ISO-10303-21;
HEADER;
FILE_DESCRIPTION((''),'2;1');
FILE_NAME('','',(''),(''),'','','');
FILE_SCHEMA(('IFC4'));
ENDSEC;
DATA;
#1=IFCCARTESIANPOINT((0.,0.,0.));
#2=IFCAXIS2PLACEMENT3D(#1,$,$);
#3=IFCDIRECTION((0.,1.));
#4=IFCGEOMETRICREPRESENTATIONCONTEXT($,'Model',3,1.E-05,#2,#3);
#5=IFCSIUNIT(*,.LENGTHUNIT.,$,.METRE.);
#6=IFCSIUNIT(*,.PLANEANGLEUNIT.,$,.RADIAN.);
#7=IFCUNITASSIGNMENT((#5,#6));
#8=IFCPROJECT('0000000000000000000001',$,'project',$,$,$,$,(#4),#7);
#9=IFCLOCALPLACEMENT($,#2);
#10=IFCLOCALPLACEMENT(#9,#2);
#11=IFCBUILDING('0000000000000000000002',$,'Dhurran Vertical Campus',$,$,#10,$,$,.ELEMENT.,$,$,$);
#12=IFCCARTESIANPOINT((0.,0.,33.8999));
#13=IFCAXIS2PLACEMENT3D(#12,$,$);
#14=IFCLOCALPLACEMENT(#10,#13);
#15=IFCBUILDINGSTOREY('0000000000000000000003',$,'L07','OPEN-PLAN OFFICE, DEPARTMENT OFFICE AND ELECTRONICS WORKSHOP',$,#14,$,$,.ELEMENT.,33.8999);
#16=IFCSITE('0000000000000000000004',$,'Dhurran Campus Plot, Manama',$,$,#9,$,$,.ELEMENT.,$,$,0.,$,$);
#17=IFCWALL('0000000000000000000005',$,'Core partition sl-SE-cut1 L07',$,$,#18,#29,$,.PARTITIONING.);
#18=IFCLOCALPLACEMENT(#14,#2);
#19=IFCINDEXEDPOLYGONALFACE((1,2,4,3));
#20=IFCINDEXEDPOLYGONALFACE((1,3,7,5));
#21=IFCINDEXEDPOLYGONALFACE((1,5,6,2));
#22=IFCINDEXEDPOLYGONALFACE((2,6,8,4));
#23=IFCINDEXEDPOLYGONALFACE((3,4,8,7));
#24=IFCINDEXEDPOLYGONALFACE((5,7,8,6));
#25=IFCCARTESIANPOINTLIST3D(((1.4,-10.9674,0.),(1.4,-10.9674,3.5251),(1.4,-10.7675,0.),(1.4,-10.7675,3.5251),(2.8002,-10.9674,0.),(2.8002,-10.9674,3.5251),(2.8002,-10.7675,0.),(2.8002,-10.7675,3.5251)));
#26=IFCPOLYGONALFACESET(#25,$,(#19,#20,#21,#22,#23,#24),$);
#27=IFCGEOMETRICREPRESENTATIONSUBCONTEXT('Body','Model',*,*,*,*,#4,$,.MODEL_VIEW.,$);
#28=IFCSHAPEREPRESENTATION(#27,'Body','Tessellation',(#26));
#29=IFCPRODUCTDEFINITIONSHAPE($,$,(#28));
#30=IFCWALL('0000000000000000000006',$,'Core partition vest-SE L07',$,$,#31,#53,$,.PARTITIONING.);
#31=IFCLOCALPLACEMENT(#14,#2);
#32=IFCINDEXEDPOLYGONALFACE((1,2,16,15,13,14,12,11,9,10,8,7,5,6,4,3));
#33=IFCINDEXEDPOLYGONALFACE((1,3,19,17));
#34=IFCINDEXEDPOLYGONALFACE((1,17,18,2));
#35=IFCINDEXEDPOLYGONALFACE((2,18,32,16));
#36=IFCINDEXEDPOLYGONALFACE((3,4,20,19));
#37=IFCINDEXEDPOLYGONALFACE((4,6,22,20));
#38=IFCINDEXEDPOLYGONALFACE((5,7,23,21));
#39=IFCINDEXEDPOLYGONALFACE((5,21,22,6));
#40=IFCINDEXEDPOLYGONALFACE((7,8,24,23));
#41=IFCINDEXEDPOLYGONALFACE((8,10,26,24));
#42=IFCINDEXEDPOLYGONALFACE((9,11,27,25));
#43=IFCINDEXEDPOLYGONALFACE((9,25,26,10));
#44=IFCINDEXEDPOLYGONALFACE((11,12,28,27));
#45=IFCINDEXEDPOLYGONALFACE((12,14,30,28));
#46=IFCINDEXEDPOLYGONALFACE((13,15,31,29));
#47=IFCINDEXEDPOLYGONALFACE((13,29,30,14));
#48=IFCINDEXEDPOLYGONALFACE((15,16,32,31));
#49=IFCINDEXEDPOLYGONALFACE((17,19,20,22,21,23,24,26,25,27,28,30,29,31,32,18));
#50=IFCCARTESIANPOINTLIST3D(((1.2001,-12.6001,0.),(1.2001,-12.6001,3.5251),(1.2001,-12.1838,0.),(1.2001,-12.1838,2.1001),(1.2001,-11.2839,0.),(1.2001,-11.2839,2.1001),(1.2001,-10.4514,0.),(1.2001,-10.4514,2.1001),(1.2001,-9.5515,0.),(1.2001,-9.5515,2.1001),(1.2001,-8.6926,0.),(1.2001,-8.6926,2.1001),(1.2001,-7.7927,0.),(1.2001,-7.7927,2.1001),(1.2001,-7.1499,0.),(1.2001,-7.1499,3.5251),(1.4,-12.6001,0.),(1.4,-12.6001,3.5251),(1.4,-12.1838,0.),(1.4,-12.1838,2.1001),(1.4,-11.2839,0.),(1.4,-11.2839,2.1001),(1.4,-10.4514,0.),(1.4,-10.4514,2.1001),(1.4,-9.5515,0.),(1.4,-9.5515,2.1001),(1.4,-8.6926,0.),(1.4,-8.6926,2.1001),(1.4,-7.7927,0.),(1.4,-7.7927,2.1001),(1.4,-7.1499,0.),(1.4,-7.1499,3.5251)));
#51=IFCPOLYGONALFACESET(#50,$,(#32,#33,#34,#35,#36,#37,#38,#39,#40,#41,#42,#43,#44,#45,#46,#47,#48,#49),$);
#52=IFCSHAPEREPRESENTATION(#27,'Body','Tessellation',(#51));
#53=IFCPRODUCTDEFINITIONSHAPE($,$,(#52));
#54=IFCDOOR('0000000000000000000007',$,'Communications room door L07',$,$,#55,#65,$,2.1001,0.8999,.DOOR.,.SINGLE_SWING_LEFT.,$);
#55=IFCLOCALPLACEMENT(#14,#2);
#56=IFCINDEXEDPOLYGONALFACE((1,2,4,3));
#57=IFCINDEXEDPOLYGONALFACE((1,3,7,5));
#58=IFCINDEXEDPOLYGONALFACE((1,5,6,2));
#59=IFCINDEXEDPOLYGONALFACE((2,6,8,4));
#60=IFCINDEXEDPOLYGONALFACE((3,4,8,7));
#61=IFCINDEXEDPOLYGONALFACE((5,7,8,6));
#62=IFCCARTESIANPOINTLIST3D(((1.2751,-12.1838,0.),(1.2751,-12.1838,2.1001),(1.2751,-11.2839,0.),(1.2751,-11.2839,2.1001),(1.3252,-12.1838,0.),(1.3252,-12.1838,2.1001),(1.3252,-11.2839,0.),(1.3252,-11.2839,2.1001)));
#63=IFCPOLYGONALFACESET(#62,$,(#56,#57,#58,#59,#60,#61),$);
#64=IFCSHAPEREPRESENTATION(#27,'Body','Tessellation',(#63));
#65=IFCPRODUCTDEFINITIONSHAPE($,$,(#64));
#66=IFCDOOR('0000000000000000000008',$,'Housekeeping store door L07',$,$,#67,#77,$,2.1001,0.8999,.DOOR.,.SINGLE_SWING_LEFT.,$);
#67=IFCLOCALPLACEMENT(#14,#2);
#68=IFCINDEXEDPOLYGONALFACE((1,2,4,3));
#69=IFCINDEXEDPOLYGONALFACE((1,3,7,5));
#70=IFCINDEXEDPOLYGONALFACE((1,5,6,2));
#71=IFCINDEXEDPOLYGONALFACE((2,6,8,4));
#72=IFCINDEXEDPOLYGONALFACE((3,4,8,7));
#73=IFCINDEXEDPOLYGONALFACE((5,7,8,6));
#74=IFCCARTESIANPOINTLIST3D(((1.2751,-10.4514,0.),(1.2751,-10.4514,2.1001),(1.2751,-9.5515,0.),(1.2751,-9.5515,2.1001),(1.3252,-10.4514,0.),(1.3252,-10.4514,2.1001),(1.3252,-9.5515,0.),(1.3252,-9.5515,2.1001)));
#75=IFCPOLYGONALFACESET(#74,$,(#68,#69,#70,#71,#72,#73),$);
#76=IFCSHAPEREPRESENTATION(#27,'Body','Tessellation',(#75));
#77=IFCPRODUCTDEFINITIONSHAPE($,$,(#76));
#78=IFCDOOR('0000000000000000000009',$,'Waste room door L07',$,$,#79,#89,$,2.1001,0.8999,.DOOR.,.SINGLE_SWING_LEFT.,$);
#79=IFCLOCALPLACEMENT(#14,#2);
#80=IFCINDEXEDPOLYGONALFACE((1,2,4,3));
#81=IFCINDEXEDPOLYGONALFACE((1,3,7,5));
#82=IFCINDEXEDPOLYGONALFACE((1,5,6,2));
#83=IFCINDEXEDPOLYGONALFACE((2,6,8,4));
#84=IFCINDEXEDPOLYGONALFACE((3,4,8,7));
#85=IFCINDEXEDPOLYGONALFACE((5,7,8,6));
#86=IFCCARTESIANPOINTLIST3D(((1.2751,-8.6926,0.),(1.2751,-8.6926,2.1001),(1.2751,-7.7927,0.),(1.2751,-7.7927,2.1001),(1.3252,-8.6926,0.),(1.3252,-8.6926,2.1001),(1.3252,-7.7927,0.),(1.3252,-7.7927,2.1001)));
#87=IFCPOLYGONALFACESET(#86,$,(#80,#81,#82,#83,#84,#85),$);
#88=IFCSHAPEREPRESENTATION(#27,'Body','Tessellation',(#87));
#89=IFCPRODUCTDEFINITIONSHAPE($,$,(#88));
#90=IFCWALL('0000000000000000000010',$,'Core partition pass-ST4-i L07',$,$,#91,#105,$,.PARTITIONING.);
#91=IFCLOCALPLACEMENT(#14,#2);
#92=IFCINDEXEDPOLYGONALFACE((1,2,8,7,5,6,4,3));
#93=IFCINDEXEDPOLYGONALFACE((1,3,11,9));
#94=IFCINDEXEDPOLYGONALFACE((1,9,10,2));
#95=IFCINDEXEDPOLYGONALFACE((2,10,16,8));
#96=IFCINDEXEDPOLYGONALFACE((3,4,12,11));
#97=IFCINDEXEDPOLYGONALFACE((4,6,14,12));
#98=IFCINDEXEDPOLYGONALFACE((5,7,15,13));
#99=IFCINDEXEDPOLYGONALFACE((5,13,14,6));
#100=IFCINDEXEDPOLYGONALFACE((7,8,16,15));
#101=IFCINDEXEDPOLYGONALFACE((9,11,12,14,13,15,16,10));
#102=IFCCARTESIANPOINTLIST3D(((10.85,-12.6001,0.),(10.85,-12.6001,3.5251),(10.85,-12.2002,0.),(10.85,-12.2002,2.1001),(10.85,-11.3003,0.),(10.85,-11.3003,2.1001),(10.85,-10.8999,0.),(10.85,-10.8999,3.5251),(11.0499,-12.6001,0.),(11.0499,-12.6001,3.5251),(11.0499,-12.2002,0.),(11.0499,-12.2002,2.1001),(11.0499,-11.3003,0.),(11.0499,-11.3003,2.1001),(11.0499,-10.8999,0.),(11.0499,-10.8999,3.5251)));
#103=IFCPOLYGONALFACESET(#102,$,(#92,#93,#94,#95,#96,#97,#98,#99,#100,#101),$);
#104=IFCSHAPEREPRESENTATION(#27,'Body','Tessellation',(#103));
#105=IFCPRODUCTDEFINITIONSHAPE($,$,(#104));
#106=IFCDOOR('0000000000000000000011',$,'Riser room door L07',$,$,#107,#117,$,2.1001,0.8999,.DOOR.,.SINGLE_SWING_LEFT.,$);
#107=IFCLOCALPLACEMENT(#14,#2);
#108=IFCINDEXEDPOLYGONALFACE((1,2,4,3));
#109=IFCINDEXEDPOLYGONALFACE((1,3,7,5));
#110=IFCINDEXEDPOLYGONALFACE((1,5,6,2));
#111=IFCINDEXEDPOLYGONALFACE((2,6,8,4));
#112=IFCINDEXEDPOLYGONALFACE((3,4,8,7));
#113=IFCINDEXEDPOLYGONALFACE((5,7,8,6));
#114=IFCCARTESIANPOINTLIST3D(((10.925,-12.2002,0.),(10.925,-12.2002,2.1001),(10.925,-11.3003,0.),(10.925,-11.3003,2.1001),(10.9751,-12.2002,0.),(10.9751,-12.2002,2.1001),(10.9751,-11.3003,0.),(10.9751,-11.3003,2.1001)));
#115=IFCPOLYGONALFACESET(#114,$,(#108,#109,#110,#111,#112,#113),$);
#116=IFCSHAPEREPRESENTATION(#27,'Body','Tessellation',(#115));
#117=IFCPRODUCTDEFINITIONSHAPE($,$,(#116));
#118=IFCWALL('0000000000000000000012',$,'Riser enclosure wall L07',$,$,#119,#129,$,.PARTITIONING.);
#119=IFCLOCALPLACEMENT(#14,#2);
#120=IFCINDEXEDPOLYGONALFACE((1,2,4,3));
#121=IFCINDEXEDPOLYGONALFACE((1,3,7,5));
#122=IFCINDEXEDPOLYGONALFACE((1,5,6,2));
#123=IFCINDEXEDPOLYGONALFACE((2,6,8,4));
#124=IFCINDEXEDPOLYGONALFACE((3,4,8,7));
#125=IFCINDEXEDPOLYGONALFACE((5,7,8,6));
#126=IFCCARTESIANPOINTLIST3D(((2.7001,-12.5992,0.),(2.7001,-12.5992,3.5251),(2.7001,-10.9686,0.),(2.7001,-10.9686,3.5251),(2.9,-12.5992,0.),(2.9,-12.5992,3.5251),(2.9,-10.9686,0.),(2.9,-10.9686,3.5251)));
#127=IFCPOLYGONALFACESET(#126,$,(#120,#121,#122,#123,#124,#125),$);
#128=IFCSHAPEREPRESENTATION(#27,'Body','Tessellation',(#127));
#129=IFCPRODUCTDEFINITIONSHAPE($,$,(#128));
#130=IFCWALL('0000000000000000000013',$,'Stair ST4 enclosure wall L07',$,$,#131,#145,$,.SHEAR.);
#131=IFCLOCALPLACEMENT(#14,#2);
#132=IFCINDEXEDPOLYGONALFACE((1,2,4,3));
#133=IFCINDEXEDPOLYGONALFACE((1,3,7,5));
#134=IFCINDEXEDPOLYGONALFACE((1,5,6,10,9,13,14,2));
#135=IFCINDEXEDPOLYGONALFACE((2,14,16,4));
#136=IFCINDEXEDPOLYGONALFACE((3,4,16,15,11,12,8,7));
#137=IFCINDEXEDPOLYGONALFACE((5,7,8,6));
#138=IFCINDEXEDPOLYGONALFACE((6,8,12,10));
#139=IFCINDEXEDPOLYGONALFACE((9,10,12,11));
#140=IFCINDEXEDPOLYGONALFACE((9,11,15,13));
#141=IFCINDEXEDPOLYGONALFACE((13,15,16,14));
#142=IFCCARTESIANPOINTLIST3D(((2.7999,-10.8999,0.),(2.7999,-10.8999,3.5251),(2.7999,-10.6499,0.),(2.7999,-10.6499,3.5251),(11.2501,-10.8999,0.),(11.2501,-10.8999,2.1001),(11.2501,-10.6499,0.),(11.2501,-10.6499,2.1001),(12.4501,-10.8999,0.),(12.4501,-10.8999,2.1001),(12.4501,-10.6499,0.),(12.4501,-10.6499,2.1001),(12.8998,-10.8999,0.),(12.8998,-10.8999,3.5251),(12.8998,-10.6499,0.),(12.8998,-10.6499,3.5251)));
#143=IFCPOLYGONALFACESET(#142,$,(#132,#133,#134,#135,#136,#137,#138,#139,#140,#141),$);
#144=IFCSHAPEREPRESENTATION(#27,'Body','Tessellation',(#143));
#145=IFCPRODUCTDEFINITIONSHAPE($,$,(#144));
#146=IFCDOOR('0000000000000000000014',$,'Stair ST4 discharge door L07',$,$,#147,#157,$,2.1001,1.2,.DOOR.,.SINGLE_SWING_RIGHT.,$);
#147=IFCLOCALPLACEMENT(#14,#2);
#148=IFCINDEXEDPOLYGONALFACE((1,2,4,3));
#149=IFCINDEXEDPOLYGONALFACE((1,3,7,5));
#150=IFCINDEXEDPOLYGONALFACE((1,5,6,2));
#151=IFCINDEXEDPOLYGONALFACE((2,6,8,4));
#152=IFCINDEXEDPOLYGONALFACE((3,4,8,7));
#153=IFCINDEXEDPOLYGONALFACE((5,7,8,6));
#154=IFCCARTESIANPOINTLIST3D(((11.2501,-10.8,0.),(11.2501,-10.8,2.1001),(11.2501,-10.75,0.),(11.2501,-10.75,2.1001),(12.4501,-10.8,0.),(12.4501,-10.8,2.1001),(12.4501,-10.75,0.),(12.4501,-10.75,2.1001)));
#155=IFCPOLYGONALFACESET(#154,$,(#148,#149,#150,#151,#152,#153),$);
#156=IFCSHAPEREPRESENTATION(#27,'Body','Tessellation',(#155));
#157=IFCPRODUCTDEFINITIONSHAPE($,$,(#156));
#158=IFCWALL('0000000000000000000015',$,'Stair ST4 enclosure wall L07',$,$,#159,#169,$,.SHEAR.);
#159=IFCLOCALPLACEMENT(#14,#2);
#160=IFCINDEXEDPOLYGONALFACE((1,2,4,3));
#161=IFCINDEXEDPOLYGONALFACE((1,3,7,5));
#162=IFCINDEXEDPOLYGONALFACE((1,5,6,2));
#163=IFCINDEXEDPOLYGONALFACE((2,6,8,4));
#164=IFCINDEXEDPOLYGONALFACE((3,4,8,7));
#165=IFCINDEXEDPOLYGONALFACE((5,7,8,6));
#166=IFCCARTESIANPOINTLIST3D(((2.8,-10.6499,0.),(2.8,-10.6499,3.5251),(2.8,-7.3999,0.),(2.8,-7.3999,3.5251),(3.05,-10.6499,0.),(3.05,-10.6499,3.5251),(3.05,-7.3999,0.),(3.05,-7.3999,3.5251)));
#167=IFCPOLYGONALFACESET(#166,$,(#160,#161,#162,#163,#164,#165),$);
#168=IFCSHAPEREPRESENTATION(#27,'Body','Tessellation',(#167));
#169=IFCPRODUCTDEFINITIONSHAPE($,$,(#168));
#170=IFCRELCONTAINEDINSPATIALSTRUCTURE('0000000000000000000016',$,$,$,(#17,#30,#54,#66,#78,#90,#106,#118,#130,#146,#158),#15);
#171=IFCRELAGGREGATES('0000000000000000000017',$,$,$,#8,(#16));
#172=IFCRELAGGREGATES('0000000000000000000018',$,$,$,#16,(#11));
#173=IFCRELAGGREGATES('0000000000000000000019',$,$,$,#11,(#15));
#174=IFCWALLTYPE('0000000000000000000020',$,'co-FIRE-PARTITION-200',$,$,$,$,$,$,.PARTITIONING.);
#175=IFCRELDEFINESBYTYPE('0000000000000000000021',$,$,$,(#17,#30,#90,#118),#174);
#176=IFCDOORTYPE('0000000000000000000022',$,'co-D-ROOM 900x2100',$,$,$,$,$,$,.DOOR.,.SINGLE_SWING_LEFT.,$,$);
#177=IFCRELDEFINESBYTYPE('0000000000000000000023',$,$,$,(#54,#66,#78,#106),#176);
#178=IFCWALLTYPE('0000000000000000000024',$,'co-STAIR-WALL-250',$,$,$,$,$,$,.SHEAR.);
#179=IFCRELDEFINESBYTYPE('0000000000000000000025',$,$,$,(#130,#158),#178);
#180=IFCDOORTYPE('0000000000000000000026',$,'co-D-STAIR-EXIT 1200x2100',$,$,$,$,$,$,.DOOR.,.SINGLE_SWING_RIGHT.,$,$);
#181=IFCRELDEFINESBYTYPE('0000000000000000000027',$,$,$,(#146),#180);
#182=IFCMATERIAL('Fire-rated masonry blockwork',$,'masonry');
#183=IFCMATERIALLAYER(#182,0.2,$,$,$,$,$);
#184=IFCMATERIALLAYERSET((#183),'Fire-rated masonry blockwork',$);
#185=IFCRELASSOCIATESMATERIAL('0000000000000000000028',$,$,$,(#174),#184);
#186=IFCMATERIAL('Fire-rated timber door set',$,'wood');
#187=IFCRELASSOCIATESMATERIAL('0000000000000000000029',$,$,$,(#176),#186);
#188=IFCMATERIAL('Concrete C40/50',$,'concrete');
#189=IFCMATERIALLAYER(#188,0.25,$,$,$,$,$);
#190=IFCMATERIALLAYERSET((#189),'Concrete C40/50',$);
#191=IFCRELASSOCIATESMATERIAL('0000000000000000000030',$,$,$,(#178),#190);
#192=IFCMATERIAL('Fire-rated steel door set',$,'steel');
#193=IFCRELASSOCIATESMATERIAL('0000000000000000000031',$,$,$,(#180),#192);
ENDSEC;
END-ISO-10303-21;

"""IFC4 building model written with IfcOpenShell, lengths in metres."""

from ifc_helpers import new_model, si_unit, direction, frame, frame_2d, origin, place, context, subcontext, project, spatial, rectangle, extrude, material, layer, layer_set, type_object, element, fill, save


model = new_model("IFC4")

# Units and contexts
model_context = context("Model", 3, precision=1e-05, world=origin(), true_north=direction((0.0, 1.0)))
body_context = subcontext(model_context, "Body", "Model", "MODEL_VIEW")
ifc_project = project(units=[si_unit("LENGTHUNIT", "METRE"), si_unit("PLANEANGLEUNIT", "RADIAN")], contexts=[model_context])

# Site, building, storey
site_placement = place(None, origin())
site = spatial("IfcSite", under=ifc_project, at=site_placement, Name="Dhurran Campus Plot, Manama", CompositionType="ELEMENT", RefElevation=0.0)
building_placement = place(site_placement, origin())
building = spatial("IfcBuilding", under=site, at=building_placement, Name="Dhurran Vertical Campus", CompositionType="ELEMENT")
storey_placement = place(building_placement, frame((0.0, 0.0, 33.8999)))
storey = spatial("IfcBuildingStorey", under=building, at=storey_placement, Name="L07", Description="OPEN-PLAN OFFICE, DEPARTMENT OFFICE AND ELECTRONICS WORKSHOP", CompositionType="ELEMENT", Elevation=33.8999)

# Wall
ifc_material_1 = material(Name="Fire-rated masonry blockwork", Category="masonry")
ifc_layer_1 = layer(ifc_material_1, 0.2)
ifc_layer_set_1 = layer_set([ifc_layer_1], Name="Fire-rated masonry blockwork")
wall_type_1 = type_object("IfcWallType", Name="co-FIRE-PARTITION-200", PredefinedType="PARTITIONING", material=ifc_layer_set_1)
wall_1_placement = place(storey_placement, frame((1.3999, -10.8674, 0.0), z_axis=(0.0, 0.0, 1.0), x_axis=(1.0, 0.0, 0.0)))
element("IfcWall", 1, at=wall_1_placement, inside=storey, type_object=wall_type_1, Name="Core partition sl-SE-cut1 L07", PredefinedType="PARTITIONING", context=body_context, shape_type="SweptSolid", body=[
    extrude(rectangle(XDim=1.4001, YDim=0.2, at=frame_2d((0.7002, 0.0))), origin(), (0.0, 0.0, 1.0), 3.5251),
])

# Wall, openings, doors
wall_2_placement = place(storey_placement, frame((1.3, -12.6001, 0.0), z_axis=(0.0, 0.0, 1.0), x_axis=(0.0, 1.0, 0.0)))
wall_2 = element("IfcWall", 2, at=wall_2_placement, inside=storey, type_object=wall_type_1, Name="Core partition vest-SE L07", PredefinedType="PARTITIONING", context=body_context, shape_type="SweptSolid", body=[
    extrude(rectangle(XDim=5.4502, YDim=0.2, at=frame_2d((2.7251, 0.0))), origin(), (0.0, 0.0, 1.0), 3.5251),
])
opening_1_placement = place(wall_2_placement, frame((0.4163, 0.0, 0.0)))
opening_1 = element("IfcOpeningElement", 3, at=opening_1_placement, cuts=wall_2, PredefinedType="OPENING", context=body_context, shape_type="SweptSolid", body=[
    extrude(rectangle(XDim=0.8999, YDim=2.1001, at=frame_2d((0.45, 1.05))), frame((0.0, 0.1099, 0.0), z_axis=(0.0, -1.0, 0.0), x_axis=(1.0, 0.0, 0.0)), (0.0, 0.0, 1.0), 0.22),
])
opening_2_placement = place(wall_2_placement, frame((2.1487, 0.0, 0.0)))
opening_2 = element("IfcOpeningElement", 4, at=opening_2_placement, cuts=wall_2, PredefinedType="OPENING", context=body_context, shape_type="SweptSolid", body=[
    extrude(rectangle(XDim=0.8999, YDim=2.1001, at=frame_2d((0.45, 1.05))), frame((0.0, 0.1099, 0.0), z_axis=(0.0, -1.0, 0.0), x_axis=(1.0, 0.0, 0.0)), (0.0, 0.0, 1.0), 0.22),
])
opening_3_placement = place(wall_2_placement, frame((3.9075, 0.0, 0.0)))
opening_3 = element("IfcOpeningElement", 5, at=opening_3_placement, cuts=wall_2, PredefinedType="OPENING", context=body_context, shape_type="SweptSolid", body=[
    extrude(rectangle(XDim=0.8999, YDim=2.1001, at=frame_2d((0.45, 1.05))), frame((0.0, 0.1099, 0.0), z_axis=(0.0, -1.0, 0.0), x_axis=(1.0, 0.0, 0.0)), (0.0, 0.0, 1.0), 0.22),
])
ifc_material_2 = material(Name="Fire-rated timber door set", Category="wood")
door_type_1 = type_object("IfcDoorType", Name="co-D-ROOM 900x2100", OperationType="SINGLE_SWING_LEFT", PredefinedType="DOOR", material=ifc_material_2)
door_1_placement = place(opening_1_placement, origin())
door_1 = element("IfcDoor", 6, at=door_1_placement, inside=storey, type_object=door_type_1, Name="Communications room door L07", OperationType="SINGLE_SWING_LEFT", OverallHeight=2.1001, OverallWidth=0.8999, PredefinedType="DOOR", context=body_context, shape_type="SweptSolid", body=[
    extrude(rectangle(XDim=0.8999, YDim=2.1001, at=frame_2d((0.45, 1.05))), frame((0.0, 0.0249, 0.0), z_axis=(0.0, -1.0, 0.0), x_axis=(1.0, 0.0, 0.0)), (0.0, 0.0, 1.0), 0.05),
])
fill(opening_1, door_1)
door_2_placement = place(opening_2_placement, origin())
door_2 = element("IfcDoor", 7, at=door_2_placement, inside=storey, type_object=door_type_1, Name="Housekeeping store door L07", OperationType="SINGLE_SWING_LEFT", OverallHeight=2.1001, OverallWidth=0.8999, PredefinedType="DOOR", context=body_context, shape_type="SweptSolid", body=[
    extrude(rectangle(XDim=0.8999, YDim=2.1001, at=frame_2d((0.45, 1.05))), frame((0.0, 0.0249, 0.0), z_axis=(0.0, -1.0, 0.0), x_axis=(1.0, 0.0, 0.0)), (0.0, 0.0, 1.0), 0.05),
])
fill(opening_2, door_2)
door_3_placement = place(opening_3_placement, origin())
door_3 = element("IfcDoor", 8, at=door_3_placement, inside=storey, type_object=door_type_1, Name="Waste room door L07", OperationType="SINGLE_SWING_LEFT", OverallHeight=2.1001, OverallWidth=0.8999, PredefinedType="DOOR", context=body_context, shape_type="SweptSolid", body=[
    extrude(rectangle(XDim=0.8999, YDim=2.1001, at=frame_2d((0.45, 1.05))), frame((0.0, 0.0249, 0.0), z_axis=(0.0, -1.0, 0.0), x_axis=(1.0, 0.0, 0.0)), (0.0, 0.0, 1.0), 0.05),
])
fill(opening_3, door_3)

# Wall, opening, door
wall_3_placement = place(storey_placement, frame((10.95, -12.6001, 0.0), z_axis=(0.0, 0.0, 1.0), x_axis=(0.0, 1.0, 0.0)))
wall_3 = element("IfcWall", 9, at=wall_3_placement, inside=storey, type_object=wall_type_1, Name="Core partition pass-ST4-i L07", PredefinedType="PARTITIONING", context=body_context, shape_type="SweptSolid", body=[
    extrude(rectangle(XDim=1.7002, YDim=0.2, at=frame_2d((0.8501, 0.0))), origin(), (0.0, 0.0, 1.0), 3.5251),
])
opening_4_placement = place(wall_3_placement, frame((0.3999, 0.0, 0.0)))
opening_4 = element("IfcOpeningElement", 10, at=opening_4_placement, cuts=wall_3, PredefinedType="OPENING", context=body_context, shape_type="SweptSolid", body=[
    extrude(rectangle(XDim=0.8999, YDim=2.1001, at=frame_2d((0.45, 1.05))), frame((0.0, 0.1099, 0.0), z_axis=(0.0, -1.0, 0.0), x_axis=(1.0, 0.0, 0.0)), (0.0, 0.0, 1.0), 0.22),
])
door_4_placement = place(opening_4_placement, origin())
door_4 = element("IfcDoor", 11, at=door_4_placement, inside=storey, type_object=door_type_1, Name="Riser room door L07", OperationType="SINGLE_SWING_LEFT", OverallHeight=2.1001, OverallWidth=0.8999, PredefinedType="DOOR", context=body_context, shape_type="SweptSolid", body=[
    extrude(rectangle(XDim=0.8999, YDim=2.1001, at=frame_2d((0.45, 1.05))), frame((0.0, 0.0249, 0.0), z_axis=(0.0, -1.0, 0.0), x_axis=(1.0, 0.0, 0.0)), (0.0, 0.0, 1.0), 0.05),
])
fill(opening_4, door_4)

# Wall
wall_4_placement = place(storey_placement, frame((2.8, -10.9685, 0.0), z_axis=(0.0, 0.0, 1.0), x_axis=(0.0, -1.0, 0.0)))
element("IfcWall", 12, at=wall_4_placement, inside=storey, type_object=wall_type_1, Name="Riser enclosure wall L07", PredefinedType="PARTITIONING", context=body_context, shape_type="SweptSolid", body=[
    extrude(rectangle(XDim=1.6306, YDim=0.2, at=frame_2d((0.8154, 0.0))), origin(), (0.0, 0.0, 1.0), 3.5251),
])

# Wall, opening, door
ifc_material_3 = material(Name="Concrete C40/50", Category="concrete")
ifc_layer_2 = layer(ifc_material_3, 0.25)
ifc_layer_set_2 = layer_set([ifc_layer_2], Name="Concrete C40/50")
wall_type_2 = type_object("IfcWallType", Name="co-STAIR-WALL-250", PredefinedType="SHEAR", material=ifc_layer_set_2)
wall_5_placement = place(storey_placement, frame((2.8, -10.7749, 0.0), z_axis=(0.0, 0.0, 1.0), x_axis=(1.0, 0.0, 0.0)))
wall_5 = element("IfcWall", 13, at=wall_5_placement, inside=storey, type_object=wall_type_2, Name="Stair ST4 enclosure wall L07", PredefinedType="SHEAR", context=body_context, shape_type="SweptSolid", body=[
    extrude(rectangle(XDim=10.0999, YDim=0.25, at=frame_2d((5.0498, 0.0))), origin(), (0.0, 0.0, 1.0), 3.5251),
])
opening_5_placement = place(wall_5_placement, frame((8.45, 0.0, 0.0)))
opening_5 = element("IfcOpeningElement", 14, at=opening_5_placement, cuts=wall_5, PredefinedType="OPENING", context=body_context, shape_type="SweptSolid", body=[
    extrude(rectangle(XDim=1.2, YDim=2.1001, at=frame_2d((0.6001, 1.05))), frame((0.0, 0.135, 0.0), z_axis=(0.0, -1.0, 0.0), x_axis=(1.0, 0.0, 0.0)), (0.0, 0.0, 1.0), 0.27),
])
ifc_material_4 = material(Name="Fire-rated steel door set", Category="steel")
door_type_2 = type_object("IfcDoorType", Name="co-D-STAIR-EXIT 1200x2100", OperationType="SINGLE_SWING_RIGHT", PredefinedType="DOOR", material=ifc_material_4)
door_5_placement = place(opening_5_placement, origin())
door_5 = element("IfcDoor", 15, at=door_5_placement, inside=storey, type_object=door_type_2, Name="Stair ST4 discharge door L07", OperationType="SINGLE_SWING_RIGHT", OverallHeight=2.1001, OverallWidth=1.2, PredefinedType="DOOR", context=body_context, shape_type="SweptSolid", body=[
    extrude(rectangle(XDim=1.2, YDim=2.1001, at=frame_2d((0.6001, 1.05))), frame((0.0, 0.0249, 0.0), z_axis=(0.0, -1.0, 0.0), x_axis=(1.0, 0.0, 0.0)), (0.0, 0.0, 1.0), 0.05),
])
fill(opening_5, door_5)

# Wall
wall_6_placement = place(storey_placement, frame((2.925, -10.6499, 0.0), z_axis=(0.0, 0.0, 1.0), x_axis=(0.0, 1.0, 0.0)))
element("IfcWall", 16, at=wall_6_placement, inside=storey, type_object=wall_type_2, Name="Stair ST4 enclosure wall L07", PredefinedType="SHEAR", context=body_context, shape_type="SweptSolid", body=[
    extrude(rectangle(XDim=3.25, YDim=0.25, at=frame_2d((1.625, 0.0))), origin(), (0.0, 0.0, 1.0), 3.5251),
])

save(model, "model.ifc")
